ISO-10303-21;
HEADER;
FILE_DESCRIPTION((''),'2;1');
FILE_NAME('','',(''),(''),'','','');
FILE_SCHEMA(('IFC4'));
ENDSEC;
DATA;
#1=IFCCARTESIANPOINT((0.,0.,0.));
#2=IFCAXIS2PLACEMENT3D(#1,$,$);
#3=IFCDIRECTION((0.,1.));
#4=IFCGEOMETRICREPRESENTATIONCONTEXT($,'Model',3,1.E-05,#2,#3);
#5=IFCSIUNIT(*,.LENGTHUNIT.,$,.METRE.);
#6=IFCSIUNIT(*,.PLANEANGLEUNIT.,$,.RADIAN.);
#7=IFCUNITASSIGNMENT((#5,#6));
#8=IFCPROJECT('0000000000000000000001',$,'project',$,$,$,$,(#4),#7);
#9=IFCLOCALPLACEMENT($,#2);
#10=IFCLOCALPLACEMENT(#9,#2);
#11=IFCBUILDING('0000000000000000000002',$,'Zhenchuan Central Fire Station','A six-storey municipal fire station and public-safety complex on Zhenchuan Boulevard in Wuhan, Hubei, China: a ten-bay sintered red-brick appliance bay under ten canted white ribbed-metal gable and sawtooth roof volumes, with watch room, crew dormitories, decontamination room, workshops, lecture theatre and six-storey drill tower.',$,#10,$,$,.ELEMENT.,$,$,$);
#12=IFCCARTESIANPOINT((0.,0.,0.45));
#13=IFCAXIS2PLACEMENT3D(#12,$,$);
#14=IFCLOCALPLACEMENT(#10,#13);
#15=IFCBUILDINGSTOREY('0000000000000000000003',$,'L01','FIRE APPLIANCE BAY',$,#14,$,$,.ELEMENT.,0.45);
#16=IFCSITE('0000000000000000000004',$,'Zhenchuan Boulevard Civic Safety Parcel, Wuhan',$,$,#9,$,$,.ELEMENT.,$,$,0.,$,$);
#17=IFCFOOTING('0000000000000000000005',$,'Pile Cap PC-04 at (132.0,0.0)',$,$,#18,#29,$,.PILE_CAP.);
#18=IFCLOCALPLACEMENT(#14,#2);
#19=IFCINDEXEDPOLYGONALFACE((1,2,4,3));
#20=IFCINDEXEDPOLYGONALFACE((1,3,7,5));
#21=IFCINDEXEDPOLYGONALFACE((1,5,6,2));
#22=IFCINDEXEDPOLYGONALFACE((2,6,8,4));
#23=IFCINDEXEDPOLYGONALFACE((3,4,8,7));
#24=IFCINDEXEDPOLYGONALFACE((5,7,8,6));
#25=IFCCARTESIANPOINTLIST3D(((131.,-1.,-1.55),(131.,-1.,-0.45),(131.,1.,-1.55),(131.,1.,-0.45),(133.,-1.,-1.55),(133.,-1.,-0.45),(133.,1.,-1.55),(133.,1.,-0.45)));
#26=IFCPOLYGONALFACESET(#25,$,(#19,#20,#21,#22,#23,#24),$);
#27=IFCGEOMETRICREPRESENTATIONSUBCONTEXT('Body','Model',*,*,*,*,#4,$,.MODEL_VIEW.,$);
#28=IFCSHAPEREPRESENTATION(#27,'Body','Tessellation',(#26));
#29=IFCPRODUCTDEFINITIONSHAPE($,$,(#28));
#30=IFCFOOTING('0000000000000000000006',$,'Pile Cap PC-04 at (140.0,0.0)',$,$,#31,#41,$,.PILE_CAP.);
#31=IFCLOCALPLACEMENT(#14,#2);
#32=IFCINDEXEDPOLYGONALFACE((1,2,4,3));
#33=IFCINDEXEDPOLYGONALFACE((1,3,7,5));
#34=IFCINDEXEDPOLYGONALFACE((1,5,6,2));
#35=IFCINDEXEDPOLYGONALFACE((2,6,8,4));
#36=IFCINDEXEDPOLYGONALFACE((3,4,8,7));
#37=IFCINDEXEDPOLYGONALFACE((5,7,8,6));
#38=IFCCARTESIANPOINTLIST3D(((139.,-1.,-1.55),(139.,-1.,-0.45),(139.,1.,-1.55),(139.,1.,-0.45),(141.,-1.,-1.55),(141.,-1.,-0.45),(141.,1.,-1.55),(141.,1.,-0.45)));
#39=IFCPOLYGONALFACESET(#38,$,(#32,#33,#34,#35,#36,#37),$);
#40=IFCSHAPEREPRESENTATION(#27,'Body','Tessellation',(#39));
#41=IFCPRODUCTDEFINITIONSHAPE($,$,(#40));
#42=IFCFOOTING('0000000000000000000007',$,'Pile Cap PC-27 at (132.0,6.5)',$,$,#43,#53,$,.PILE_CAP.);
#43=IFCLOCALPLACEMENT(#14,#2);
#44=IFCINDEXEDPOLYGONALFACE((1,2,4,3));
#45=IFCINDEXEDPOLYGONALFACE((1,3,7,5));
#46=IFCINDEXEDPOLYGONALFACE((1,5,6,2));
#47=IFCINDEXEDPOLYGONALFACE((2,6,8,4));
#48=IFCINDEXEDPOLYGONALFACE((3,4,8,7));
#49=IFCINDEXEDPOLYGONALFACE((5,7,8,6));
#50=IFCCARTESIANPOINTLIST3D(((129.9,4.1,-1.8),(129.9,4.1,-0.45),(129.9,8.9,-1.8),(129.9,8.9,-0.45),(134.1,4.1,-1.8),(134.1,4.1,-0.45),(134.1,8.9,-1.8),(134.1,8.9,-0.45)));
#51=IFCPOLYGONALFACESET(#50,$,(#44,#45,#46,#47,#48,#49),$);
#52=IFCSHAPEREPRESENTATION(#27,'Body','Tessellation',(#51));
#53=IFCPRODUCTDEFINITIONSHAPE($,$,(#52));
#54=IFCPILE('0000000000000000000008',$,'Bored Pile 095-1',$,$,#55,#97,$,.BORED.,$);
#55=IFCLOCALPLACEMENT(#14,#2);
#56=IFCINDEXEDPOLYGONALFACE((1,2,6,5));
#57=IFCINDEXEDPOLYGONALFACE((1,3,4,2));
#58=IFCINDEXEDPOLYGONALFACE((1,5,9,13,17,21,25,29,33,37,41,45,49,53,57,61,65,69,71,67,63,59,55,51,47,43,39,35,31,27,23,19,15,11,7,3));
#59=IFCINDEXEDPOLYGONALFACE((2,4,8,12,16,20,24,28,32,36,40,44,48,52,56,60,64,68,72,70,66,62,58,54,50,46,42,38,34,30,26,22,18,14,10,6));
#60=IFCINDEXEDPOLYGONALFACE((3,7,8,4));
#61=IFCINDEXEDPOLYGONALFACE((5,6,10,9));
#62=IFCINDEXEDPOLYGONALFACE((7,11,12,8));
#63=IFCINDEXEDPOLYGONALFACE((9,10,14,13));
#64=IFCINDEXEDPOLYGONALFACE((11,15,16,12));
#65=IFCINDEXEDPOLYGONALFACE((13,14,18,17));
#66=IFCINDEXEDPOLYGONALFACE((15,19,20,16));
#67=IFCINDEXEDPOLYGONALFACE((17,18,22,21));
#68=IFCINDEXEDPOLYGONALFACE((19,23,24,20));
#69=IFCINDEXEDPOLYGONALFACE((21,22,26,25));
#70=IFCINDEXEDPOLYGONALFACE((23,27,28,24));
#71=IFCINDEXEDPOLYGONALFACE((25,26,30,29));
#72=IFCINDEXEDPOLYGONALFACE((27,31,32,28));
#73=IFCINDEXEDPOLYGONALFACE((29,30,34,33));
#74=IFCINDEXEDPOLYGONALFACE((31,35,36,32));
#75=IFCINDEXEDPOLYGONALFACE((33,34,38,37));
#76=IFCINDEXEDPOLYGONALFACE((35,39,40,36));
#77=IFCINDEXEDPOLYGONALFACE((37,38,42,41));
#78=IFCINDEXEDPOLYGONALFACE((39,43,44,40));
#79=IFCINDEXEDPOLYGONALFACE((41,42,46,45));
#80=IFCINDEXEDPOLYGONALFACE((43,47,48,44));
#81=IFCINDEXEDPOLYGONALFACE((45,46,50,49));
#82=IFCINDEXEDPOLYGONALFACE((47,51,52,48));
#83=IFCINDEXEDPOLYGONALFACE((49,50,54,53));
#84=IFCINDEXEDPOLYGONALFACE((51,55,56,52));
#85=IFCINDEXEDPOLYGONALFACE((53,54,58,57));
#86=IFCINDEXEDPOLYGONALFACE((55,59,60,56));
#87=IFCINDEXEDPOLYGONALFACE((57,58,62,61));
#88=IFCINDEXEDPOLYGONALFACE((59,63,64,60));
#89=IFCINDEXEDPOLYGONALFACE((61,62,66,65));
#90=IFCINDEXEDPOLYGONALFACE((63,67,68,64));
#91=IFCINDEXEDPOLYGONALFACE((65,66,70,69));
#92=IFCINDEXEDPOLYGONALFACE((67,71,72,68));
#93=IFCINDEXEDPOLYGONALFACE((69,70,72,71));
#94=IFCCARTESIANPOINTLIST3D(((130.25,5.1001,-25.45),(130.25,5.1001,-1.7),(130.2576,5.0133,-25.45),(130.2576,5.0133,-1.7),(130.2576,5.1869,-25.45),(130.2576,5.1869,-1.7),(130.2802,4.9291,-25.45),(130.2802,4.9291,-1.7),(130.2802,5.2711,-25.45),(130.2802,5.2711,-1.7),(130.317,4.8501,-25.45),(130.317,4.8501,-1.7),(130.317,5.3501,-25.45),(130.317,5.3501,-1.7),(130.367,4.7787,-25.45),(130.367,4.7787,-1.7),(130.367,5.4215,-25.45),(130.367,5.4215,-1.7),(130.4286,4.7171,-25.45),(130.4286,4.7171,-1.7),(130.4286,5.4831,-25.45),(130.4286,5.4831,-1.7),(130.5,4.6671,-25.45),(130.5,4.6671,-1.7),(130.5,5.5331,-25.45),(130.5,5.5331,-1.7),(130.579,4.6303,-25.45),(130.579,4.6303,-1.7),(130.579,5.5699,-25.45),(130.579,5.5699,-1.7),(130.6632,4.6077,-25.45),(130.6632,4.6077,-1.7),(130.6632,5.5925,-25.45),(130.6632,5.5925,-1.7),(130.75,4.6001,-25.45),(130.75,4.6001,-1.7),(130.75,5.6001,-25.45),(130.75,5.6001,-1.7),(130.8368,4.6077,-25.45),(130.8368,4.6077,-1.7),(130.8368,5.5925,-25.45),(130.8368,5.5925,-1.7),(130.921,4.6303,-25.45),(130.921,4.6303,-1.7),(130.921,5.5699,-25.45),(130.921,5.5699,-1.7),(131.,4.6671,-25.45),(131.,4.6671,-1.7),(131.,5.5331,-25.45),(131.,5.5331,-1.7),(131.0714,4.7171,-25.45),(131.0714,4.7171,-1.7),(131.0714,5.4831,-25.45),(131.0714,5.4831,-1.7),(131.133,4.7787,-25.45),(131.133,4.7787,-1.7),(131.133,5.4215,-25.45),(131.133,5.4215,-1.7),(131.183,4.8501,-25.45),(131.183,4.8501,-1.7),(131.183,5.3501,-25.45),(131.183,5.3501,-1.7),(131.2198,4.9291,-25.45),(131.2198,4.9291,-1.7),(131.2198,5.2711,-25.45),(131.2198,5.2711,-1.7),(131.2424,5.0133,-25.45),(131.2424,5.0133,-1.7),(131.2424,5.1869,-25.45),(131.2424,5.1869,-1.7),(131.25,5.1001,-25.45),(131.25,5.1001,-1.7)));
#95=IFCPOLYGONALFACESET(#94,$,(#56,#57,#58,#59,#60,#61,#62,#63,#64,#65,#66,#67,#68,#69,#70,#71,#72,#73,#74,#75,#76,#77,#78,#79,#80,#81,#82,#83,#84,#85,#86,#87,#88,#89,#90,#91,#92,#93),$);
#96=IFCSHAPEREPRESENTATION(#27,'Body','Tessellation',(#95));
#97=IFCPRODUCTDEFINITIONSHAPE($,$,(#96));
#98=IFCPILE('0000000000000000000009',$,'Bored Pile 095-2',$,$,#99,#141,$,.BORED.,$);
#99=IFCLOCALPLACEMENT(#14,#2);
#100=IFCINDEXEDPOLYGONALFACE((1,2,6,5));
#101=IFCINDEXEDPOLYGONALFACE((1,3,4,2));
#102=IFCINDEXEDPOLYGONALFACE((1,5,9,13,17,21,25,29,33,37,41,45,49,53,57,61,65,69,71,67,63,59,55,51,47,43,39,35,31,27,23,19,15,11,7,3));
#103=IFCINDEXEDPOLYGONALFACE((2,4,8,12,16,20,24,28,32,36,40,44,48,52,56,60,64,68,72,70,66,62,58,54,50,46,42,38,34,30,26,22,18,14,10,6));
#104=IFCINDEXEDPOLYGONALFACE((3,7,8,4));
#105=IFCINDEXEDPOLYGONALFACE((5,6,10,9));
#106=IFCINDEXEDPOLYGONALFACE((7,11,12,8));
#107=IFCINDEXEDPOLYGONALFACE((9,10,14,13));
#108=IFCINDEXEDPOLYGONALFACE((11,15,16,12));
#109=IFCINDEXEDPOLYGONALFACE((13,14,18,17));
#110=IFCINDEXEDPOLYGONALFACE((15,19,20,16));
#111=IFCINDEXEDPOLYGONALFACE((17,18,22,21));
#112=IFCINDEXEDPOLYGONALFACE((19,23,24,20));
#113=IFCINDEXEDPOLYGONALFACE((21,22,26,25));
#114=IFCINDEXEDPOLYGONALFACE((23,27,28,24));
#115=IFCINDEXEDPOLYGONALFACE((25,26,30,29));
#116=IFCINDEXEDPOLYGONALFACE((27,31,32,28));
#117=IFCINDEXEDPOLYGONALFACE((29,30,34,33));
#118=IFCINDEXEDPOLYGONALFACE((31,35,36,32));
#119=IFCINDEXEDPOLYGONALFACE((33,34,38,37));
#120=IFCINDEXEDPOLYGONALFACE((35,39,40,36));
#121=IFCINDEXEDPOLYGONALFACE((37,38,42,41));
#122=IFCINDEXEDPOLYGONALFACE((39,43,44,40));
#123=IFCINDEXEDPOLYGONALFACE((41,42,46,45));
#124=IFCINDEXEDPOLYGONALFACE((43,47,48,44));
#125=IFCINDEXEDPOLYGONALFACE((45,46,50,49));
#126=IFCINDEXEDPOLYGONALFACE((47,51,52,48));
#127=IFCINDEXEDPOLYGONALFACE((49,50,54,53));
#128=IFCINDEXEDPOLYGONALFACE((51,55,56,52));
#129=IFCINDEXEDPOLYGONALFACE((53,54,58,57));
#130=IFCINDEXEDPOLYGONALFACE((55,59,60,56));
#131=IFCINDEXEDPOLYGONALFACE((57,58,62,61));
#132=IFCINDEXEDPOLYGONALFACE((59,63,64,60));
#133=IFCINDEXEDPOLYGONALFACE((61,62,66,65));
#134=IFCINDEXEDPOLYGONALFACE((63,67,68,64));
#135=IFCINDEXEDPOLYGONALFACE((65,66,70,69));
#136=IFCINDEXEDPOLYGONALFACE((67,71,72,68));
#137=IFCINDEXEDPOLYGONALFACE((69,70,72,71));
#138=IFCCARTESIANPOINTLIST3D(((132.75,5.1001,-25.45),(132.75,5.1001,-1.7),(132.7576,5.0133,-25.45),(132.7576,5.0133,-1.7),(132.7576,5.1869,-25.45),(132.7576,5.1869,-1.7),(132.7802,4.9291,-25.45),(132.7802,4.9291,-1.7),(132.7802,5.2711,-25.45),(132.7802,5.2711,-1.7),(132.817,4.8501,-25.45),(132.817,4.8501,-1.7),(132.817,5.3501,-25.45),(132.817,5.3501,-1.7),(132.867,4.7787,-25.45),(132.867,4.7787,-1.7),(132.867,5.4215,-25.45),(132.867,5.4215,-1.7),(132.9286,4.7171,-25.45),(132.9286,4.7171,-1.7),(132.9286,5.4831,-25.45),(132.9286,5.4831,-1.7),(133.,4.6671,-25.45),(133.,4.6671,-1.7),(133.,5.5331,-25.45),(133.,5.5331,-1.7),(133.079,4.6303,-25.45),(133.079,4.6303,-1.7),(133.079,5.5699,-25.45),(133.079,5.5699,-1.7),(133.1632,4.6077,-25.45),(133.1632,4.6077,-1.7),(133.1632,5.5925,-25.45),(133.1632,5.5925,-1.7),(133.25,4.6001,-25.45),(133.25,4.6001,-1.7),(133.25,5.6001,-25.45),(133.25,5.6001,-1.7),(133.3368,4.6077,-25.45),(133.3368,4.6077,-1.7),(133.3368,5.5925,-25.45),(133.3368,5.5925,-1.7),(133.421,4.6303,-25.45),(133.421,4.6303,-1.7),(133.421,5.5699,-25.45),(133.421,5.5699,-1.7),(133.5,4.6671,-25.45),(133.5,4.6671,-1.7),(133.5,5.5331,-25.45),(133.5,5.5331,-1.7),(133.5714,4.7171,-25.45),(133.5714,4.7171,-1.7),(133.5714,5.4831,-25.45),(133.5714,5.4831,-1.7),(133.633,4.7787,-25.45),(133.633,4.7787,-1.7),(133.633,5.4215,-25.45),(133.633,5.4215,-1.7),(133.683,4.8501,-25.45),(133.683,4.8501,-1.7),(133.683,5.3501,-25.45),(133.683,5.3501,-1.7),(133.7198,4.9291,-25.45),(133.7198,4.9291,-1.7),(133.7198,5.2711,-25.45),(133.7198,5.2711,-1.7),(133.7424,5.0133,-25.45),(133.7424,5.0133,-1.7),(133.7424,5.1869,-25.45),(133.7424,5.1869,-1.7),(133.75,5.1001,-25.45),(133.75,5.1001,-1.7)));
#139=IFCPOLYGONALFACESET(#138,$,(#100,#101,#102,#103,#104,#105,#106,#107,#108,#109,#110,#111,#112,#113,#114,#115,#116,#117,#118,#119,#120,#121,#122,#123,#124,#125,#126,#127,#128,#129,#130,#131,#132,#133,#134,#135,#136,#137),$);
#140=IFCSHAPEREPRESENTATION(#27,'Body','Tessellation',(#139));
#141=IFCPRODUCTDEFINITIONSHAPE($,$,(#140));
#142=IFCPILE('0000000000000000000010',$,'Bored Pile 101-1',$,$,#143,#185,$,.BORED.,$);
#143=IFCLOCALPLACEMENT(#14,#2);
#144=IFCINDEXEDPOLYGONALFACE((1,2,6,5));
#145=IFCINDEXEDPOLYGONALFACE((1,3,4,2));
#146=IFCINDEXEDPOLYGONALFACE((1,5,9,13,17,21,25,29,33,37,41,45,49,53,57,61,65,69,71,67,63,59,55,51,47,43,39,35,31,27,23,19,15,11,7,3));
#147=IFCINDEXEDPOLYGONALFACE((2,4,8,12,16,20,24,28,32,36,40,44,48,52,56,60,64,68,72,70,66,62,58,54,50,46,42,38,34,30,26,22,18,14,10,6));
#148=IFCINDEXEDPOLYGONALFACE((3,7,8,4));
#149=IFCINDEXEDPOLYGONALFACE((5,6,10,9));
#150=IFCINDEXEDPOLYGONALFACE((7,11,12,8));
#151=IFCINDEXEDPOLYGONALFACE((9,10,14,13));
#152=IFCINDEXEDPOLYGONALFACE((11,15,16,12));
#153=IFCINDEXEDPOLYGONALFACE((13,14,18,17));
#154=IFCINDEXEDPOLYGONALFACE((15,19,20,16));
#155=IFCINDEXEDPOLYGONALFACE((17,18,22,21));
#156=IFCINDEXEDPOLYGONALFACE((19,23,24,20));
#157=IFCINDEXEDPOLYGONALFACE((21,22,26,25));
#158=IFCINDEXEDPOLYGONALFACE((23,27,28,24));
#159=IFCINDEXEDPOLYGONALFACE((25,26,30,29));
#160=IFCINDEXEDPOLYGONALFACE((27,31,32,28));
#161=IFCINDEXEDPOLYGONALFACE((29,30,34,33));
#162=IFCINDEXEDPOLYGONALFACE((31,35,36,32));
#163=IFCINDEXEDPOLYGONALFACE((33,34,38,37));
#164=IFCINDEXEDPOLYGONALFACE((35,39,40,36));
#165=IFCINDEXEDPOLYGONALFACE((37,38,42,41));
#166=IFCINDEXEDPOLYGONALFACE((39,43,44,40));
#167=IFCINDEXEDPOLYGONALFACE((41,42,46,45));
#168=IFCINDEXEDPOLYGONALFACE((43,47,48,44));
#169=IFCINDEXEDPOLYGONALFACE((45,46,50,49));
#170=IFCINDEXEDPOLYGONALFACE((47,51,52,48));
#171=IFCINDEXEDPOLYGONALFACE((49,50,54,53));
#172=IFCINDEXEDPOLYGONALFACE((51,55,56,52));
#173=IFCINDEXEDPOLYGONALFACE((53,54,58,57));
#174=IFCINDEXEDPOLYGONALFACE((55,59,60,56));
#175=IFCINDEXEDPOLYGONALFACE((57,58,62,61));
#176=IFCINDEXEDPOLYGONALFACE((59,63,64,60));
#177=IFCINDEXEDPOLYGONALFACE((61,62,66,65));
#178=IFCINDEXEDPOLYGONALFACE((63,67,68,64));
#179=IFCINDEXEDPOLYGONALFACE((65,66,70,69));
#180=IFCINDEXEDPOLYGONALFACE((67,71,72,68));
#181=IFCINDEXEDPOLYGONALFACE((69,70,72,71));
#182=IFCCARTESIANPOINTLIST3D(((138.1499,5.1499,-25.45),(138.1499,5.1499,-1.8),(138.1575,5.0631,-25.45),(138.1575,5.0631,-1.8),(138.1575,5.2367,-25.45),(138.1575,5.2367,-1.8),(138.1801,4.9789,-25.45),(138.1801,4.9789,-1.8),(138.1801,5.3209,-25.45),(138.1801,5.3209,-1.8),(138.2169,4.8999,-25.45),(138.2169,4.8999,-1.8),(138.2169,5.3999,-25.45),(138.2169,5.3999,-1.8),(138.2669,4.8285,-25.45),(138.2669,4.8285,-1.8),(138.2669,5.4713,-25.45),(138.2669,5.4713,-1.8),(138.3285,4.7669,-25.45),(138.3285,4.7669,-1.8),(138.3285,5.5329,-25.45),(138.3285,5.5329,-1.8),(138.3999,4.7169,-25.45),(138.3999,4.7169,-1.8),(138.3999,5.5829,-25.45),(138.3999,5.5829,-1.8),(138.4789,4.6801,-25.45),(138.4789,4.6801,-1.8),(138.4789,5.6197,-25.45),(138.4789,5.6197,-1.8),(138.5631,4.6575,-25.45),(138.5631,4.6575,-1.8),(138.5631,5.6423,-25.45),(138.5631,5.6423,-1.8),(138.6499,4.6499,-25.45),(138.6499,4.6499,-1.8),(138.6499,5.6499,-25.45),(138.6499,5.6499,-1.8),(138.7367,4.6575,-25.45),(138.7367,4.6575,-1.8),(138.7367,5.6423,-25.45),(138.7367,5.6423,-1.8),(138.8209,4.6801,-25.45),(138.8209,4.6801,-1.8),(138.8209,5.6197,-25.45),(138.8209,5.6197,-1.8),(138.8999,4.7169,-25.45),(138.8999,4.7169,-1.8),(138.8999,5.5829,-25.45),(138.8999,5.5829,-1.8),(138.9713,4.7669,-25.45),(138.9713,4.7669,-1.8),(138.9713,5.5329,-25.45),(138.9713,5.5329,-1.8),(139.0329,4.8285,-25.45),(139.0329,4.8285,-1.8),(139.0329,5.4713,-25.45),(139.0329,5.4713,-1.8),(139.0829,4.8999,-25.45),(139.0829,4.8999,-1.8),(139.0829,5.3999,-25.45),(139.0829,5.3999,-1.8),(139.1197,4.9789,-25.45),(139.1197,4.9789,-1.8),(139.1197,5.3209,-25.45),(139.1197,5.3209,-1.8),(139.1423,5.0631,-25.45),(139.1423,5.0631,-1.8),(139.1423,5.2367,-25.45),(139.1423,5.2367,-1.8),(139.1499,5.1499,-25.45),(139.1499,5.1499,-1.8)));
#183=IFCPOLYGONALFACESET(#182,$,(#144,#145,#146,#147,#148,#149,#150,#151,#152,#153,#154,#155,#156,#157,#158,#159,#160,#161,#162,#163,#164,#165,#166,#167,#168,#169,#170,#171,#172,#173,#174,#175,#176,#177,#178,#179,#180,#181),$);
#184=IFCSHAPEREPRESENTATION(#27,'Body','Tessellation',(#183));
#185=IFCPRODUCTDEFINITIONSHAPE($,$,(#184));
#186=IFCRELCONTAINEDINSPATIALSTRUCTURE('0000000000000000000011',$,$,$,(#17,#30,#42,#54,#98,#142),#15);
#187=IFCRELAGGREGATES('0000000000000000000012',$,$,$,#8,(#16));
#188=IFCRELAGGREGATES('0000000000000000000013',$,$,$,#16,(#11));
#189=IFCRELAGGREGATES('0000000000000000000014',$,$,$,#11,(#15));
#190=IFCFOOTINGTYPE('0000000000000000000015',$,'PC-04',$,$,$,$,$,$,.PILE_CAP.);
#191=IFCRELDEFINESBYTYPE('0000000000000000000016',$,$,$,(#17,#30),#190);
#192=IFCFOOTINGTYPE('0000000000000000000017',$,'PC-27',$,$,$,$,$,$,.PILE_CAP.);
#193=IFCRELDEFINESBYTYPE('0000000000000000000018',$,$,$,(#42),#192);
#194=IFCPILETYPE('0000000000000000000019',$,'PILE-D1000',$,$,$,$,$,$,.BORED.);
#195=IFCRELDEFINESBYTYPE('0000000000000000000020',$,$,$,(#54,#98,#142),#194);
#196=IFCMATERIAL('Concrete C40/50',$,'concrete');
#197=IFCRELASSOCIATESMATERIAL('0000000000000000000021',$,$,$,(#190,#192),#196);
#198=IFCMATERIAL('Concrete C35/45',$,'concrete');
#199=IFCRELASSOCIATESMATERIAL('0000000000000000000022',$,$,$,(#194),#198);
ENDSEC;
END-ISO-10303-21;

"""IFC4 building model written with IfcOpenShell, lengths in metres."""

from ifc_helpers import new_model, si_unit, direction, frame, origin, origin_2d, place, context, subcontext, project, spatial, rectangle, circle, extrude, material, material_profile, profile_set, type_object, element, save


model = new_model("IFC4")

# Units and contexts
model_context = context("Model", 3, precision=1e-05, world=origin(), true_north=direction((0.0, 1.0)))
body_context = subcontext(model_context, "Body", "Model", "MODEL_VIEW")
ifc_project = project(units=[si_unit("LENGTHUNIT", "METRE"), si_unit("PLANEANGLEUNIT", "RADIAN")], contexts=[model_context])

# Site, building, storey
site_placement = place(None, origin())
site = spatial("IfcSite", under=ifc_project, at=site_placement, Name="Zhenchuan Boulevard Civic Safety Parcel, Wuhan", CompositionType="ELEMENT", RefElevation=0.0)
building_placement = place(site_placement, origin())
building = spatial("IfcBuilding", under=site, at=building_placement, Name="Zhenchuan Central Fire Station", Description="A six-storey municipal fire station and public-safety complex on Zhenchuan Boulevard in Wuhan, Hubei, China: a ten-bay sintered red-brick appliance bay under ten canted white ribbed-metal gable and sawtooth roof volumes, with watch room, crew dormitories, decontamination room, workshops, lecture theatre and six-storey drill tower.", CompositionType="ELEMENT")
storey_placement = place(building_placement, frame((0.0, 0.0, 0.45)))
storey = spatial("IfcBuildingStorey", under=building, at=storey_placement, Name="L01", Description="FIRE APPLIANCE BAY", CompositionType="ELEMENT", Elevation=0.45)

# Footings
ifc_material_1 = material(Name="Concrete C40/50", Category="concrete")
footing_type_1 = type_object("IfcFootingType", Name="PC-04", PredefinedType="PILE_CAP", material=ifc_material_1)
for number, where, z_axis, x_axis, name in (
    (1, (132.0, 0.0, -1.55), (0.0, 0.0, 1.0), (1.0, 0.0, 0.0), "Pile Cap PC-04 at (132.0,0.0)"),
    (2, (140.0, 0.0, -1.55), (0.0, 0.0, 1.0), (1.0, 0.0, 0.0), "Pile Cap PC-04 at (140.0,0.0)"),
):
    element("IfcFooting", number, at=place(storey_placement, frame(where, z_axis=z_axis, x_axis=x_axis)), inside=storey, type_object=footing_type_1, Name=name, PredefinedType="PILE_CAP", context=body_context, shape_type="SweptSolid", body=[
        extrude(rectangle(XDim=2.0, YDim=2.0, at=origin_2d()), origin(), (0.0, 0.0, 1.0), 1.1001),
    ])
footing_type_2 = type_object("IfcFootingType", Name="PC-27", PredefinedType="PILE_CAP", material=ifc_material_1)
footing_placement = place(storey_placement, frame((132.0, 6.5, -1.8), z_axis=(0.0, 0.0, 1.0), x_axis=(1.0, 0.0, 0.0)))
element("IfcFooting", 3, at=footing_placement, inside=storey, type_object=footing_type_2, Name="Pile Cap PC-27 at (132.0,6.5)", PredefinedType="PILE_CAP", context=body_context, shape_type="SweptSolid", body=[
    extrude(rectangle(XDim=4.2, YDim=4.8, at=origin_2d()), origin(), (0.0, 0.0, 1.0), 1.3501),
])

# Piles
ifc_material_2 = material(Name="Concrete C35/45", Category="concrete")
ifc_material_profile_1 = material_profile(ifc_material_2, circle(Radius=0.5, at=origin_2d()), Name="PILE D1000")
ifc_profile_set_1 = profile_set([ifc_material_profile_1], Name="Concrete C35/45")
pile_type_1 = type_object("IfcPileType", Name="PILE-D1000", PredefinedType="BORED", material=ifc_profile_set_1)
for number, where, z_axis, x_axis, name in (
    (4, (130.75, 5.1001, -1.7), (0.0, 0.0, -1.0), (1.0, 0.0, 0.0), "Bored Pile 095-1"),
    (5, (133.25, 5.1001, -1.7), (0.0, 0.0, -1.0), (1.0, 0.0, 0.0), "Bored Pile 095-2"),
):
    element("IfcPile", number, at=place(storey_placement, frame(where, z_axis=z_axis, x_axis=x_axis)), inside=storey, type_object=pile_type_1, Name=name, PredefinedType="BORED", context=body_context, shape_type="SweptSolid", body=[
        extrude(circle(Radius=0.5, at=origin_2d()), origin(), (0.0, 0.0, 1.0), 23.75),
    ])
pile_1_placement = place(storey_placement, frame((138.6499, 5.1499, -1.8), z_axis=(0.0, 0.0, -1.0), x_axis=(1.0, 0.0, 0.0)))
element("IfcPile", 6, at=pile_1_placement, inside=storey, type_object=pile_type_1, Name="Bored Pile 101-1", PredefinedType="BORED", context=body_context, shape_type="SweptSolid", body=[
    extrude(circle(Radius=0.5, at=origin_2d()), origin(), (0.0, 0.0, 1.0), 23.6499),
])

save(model, "model.ifc")
